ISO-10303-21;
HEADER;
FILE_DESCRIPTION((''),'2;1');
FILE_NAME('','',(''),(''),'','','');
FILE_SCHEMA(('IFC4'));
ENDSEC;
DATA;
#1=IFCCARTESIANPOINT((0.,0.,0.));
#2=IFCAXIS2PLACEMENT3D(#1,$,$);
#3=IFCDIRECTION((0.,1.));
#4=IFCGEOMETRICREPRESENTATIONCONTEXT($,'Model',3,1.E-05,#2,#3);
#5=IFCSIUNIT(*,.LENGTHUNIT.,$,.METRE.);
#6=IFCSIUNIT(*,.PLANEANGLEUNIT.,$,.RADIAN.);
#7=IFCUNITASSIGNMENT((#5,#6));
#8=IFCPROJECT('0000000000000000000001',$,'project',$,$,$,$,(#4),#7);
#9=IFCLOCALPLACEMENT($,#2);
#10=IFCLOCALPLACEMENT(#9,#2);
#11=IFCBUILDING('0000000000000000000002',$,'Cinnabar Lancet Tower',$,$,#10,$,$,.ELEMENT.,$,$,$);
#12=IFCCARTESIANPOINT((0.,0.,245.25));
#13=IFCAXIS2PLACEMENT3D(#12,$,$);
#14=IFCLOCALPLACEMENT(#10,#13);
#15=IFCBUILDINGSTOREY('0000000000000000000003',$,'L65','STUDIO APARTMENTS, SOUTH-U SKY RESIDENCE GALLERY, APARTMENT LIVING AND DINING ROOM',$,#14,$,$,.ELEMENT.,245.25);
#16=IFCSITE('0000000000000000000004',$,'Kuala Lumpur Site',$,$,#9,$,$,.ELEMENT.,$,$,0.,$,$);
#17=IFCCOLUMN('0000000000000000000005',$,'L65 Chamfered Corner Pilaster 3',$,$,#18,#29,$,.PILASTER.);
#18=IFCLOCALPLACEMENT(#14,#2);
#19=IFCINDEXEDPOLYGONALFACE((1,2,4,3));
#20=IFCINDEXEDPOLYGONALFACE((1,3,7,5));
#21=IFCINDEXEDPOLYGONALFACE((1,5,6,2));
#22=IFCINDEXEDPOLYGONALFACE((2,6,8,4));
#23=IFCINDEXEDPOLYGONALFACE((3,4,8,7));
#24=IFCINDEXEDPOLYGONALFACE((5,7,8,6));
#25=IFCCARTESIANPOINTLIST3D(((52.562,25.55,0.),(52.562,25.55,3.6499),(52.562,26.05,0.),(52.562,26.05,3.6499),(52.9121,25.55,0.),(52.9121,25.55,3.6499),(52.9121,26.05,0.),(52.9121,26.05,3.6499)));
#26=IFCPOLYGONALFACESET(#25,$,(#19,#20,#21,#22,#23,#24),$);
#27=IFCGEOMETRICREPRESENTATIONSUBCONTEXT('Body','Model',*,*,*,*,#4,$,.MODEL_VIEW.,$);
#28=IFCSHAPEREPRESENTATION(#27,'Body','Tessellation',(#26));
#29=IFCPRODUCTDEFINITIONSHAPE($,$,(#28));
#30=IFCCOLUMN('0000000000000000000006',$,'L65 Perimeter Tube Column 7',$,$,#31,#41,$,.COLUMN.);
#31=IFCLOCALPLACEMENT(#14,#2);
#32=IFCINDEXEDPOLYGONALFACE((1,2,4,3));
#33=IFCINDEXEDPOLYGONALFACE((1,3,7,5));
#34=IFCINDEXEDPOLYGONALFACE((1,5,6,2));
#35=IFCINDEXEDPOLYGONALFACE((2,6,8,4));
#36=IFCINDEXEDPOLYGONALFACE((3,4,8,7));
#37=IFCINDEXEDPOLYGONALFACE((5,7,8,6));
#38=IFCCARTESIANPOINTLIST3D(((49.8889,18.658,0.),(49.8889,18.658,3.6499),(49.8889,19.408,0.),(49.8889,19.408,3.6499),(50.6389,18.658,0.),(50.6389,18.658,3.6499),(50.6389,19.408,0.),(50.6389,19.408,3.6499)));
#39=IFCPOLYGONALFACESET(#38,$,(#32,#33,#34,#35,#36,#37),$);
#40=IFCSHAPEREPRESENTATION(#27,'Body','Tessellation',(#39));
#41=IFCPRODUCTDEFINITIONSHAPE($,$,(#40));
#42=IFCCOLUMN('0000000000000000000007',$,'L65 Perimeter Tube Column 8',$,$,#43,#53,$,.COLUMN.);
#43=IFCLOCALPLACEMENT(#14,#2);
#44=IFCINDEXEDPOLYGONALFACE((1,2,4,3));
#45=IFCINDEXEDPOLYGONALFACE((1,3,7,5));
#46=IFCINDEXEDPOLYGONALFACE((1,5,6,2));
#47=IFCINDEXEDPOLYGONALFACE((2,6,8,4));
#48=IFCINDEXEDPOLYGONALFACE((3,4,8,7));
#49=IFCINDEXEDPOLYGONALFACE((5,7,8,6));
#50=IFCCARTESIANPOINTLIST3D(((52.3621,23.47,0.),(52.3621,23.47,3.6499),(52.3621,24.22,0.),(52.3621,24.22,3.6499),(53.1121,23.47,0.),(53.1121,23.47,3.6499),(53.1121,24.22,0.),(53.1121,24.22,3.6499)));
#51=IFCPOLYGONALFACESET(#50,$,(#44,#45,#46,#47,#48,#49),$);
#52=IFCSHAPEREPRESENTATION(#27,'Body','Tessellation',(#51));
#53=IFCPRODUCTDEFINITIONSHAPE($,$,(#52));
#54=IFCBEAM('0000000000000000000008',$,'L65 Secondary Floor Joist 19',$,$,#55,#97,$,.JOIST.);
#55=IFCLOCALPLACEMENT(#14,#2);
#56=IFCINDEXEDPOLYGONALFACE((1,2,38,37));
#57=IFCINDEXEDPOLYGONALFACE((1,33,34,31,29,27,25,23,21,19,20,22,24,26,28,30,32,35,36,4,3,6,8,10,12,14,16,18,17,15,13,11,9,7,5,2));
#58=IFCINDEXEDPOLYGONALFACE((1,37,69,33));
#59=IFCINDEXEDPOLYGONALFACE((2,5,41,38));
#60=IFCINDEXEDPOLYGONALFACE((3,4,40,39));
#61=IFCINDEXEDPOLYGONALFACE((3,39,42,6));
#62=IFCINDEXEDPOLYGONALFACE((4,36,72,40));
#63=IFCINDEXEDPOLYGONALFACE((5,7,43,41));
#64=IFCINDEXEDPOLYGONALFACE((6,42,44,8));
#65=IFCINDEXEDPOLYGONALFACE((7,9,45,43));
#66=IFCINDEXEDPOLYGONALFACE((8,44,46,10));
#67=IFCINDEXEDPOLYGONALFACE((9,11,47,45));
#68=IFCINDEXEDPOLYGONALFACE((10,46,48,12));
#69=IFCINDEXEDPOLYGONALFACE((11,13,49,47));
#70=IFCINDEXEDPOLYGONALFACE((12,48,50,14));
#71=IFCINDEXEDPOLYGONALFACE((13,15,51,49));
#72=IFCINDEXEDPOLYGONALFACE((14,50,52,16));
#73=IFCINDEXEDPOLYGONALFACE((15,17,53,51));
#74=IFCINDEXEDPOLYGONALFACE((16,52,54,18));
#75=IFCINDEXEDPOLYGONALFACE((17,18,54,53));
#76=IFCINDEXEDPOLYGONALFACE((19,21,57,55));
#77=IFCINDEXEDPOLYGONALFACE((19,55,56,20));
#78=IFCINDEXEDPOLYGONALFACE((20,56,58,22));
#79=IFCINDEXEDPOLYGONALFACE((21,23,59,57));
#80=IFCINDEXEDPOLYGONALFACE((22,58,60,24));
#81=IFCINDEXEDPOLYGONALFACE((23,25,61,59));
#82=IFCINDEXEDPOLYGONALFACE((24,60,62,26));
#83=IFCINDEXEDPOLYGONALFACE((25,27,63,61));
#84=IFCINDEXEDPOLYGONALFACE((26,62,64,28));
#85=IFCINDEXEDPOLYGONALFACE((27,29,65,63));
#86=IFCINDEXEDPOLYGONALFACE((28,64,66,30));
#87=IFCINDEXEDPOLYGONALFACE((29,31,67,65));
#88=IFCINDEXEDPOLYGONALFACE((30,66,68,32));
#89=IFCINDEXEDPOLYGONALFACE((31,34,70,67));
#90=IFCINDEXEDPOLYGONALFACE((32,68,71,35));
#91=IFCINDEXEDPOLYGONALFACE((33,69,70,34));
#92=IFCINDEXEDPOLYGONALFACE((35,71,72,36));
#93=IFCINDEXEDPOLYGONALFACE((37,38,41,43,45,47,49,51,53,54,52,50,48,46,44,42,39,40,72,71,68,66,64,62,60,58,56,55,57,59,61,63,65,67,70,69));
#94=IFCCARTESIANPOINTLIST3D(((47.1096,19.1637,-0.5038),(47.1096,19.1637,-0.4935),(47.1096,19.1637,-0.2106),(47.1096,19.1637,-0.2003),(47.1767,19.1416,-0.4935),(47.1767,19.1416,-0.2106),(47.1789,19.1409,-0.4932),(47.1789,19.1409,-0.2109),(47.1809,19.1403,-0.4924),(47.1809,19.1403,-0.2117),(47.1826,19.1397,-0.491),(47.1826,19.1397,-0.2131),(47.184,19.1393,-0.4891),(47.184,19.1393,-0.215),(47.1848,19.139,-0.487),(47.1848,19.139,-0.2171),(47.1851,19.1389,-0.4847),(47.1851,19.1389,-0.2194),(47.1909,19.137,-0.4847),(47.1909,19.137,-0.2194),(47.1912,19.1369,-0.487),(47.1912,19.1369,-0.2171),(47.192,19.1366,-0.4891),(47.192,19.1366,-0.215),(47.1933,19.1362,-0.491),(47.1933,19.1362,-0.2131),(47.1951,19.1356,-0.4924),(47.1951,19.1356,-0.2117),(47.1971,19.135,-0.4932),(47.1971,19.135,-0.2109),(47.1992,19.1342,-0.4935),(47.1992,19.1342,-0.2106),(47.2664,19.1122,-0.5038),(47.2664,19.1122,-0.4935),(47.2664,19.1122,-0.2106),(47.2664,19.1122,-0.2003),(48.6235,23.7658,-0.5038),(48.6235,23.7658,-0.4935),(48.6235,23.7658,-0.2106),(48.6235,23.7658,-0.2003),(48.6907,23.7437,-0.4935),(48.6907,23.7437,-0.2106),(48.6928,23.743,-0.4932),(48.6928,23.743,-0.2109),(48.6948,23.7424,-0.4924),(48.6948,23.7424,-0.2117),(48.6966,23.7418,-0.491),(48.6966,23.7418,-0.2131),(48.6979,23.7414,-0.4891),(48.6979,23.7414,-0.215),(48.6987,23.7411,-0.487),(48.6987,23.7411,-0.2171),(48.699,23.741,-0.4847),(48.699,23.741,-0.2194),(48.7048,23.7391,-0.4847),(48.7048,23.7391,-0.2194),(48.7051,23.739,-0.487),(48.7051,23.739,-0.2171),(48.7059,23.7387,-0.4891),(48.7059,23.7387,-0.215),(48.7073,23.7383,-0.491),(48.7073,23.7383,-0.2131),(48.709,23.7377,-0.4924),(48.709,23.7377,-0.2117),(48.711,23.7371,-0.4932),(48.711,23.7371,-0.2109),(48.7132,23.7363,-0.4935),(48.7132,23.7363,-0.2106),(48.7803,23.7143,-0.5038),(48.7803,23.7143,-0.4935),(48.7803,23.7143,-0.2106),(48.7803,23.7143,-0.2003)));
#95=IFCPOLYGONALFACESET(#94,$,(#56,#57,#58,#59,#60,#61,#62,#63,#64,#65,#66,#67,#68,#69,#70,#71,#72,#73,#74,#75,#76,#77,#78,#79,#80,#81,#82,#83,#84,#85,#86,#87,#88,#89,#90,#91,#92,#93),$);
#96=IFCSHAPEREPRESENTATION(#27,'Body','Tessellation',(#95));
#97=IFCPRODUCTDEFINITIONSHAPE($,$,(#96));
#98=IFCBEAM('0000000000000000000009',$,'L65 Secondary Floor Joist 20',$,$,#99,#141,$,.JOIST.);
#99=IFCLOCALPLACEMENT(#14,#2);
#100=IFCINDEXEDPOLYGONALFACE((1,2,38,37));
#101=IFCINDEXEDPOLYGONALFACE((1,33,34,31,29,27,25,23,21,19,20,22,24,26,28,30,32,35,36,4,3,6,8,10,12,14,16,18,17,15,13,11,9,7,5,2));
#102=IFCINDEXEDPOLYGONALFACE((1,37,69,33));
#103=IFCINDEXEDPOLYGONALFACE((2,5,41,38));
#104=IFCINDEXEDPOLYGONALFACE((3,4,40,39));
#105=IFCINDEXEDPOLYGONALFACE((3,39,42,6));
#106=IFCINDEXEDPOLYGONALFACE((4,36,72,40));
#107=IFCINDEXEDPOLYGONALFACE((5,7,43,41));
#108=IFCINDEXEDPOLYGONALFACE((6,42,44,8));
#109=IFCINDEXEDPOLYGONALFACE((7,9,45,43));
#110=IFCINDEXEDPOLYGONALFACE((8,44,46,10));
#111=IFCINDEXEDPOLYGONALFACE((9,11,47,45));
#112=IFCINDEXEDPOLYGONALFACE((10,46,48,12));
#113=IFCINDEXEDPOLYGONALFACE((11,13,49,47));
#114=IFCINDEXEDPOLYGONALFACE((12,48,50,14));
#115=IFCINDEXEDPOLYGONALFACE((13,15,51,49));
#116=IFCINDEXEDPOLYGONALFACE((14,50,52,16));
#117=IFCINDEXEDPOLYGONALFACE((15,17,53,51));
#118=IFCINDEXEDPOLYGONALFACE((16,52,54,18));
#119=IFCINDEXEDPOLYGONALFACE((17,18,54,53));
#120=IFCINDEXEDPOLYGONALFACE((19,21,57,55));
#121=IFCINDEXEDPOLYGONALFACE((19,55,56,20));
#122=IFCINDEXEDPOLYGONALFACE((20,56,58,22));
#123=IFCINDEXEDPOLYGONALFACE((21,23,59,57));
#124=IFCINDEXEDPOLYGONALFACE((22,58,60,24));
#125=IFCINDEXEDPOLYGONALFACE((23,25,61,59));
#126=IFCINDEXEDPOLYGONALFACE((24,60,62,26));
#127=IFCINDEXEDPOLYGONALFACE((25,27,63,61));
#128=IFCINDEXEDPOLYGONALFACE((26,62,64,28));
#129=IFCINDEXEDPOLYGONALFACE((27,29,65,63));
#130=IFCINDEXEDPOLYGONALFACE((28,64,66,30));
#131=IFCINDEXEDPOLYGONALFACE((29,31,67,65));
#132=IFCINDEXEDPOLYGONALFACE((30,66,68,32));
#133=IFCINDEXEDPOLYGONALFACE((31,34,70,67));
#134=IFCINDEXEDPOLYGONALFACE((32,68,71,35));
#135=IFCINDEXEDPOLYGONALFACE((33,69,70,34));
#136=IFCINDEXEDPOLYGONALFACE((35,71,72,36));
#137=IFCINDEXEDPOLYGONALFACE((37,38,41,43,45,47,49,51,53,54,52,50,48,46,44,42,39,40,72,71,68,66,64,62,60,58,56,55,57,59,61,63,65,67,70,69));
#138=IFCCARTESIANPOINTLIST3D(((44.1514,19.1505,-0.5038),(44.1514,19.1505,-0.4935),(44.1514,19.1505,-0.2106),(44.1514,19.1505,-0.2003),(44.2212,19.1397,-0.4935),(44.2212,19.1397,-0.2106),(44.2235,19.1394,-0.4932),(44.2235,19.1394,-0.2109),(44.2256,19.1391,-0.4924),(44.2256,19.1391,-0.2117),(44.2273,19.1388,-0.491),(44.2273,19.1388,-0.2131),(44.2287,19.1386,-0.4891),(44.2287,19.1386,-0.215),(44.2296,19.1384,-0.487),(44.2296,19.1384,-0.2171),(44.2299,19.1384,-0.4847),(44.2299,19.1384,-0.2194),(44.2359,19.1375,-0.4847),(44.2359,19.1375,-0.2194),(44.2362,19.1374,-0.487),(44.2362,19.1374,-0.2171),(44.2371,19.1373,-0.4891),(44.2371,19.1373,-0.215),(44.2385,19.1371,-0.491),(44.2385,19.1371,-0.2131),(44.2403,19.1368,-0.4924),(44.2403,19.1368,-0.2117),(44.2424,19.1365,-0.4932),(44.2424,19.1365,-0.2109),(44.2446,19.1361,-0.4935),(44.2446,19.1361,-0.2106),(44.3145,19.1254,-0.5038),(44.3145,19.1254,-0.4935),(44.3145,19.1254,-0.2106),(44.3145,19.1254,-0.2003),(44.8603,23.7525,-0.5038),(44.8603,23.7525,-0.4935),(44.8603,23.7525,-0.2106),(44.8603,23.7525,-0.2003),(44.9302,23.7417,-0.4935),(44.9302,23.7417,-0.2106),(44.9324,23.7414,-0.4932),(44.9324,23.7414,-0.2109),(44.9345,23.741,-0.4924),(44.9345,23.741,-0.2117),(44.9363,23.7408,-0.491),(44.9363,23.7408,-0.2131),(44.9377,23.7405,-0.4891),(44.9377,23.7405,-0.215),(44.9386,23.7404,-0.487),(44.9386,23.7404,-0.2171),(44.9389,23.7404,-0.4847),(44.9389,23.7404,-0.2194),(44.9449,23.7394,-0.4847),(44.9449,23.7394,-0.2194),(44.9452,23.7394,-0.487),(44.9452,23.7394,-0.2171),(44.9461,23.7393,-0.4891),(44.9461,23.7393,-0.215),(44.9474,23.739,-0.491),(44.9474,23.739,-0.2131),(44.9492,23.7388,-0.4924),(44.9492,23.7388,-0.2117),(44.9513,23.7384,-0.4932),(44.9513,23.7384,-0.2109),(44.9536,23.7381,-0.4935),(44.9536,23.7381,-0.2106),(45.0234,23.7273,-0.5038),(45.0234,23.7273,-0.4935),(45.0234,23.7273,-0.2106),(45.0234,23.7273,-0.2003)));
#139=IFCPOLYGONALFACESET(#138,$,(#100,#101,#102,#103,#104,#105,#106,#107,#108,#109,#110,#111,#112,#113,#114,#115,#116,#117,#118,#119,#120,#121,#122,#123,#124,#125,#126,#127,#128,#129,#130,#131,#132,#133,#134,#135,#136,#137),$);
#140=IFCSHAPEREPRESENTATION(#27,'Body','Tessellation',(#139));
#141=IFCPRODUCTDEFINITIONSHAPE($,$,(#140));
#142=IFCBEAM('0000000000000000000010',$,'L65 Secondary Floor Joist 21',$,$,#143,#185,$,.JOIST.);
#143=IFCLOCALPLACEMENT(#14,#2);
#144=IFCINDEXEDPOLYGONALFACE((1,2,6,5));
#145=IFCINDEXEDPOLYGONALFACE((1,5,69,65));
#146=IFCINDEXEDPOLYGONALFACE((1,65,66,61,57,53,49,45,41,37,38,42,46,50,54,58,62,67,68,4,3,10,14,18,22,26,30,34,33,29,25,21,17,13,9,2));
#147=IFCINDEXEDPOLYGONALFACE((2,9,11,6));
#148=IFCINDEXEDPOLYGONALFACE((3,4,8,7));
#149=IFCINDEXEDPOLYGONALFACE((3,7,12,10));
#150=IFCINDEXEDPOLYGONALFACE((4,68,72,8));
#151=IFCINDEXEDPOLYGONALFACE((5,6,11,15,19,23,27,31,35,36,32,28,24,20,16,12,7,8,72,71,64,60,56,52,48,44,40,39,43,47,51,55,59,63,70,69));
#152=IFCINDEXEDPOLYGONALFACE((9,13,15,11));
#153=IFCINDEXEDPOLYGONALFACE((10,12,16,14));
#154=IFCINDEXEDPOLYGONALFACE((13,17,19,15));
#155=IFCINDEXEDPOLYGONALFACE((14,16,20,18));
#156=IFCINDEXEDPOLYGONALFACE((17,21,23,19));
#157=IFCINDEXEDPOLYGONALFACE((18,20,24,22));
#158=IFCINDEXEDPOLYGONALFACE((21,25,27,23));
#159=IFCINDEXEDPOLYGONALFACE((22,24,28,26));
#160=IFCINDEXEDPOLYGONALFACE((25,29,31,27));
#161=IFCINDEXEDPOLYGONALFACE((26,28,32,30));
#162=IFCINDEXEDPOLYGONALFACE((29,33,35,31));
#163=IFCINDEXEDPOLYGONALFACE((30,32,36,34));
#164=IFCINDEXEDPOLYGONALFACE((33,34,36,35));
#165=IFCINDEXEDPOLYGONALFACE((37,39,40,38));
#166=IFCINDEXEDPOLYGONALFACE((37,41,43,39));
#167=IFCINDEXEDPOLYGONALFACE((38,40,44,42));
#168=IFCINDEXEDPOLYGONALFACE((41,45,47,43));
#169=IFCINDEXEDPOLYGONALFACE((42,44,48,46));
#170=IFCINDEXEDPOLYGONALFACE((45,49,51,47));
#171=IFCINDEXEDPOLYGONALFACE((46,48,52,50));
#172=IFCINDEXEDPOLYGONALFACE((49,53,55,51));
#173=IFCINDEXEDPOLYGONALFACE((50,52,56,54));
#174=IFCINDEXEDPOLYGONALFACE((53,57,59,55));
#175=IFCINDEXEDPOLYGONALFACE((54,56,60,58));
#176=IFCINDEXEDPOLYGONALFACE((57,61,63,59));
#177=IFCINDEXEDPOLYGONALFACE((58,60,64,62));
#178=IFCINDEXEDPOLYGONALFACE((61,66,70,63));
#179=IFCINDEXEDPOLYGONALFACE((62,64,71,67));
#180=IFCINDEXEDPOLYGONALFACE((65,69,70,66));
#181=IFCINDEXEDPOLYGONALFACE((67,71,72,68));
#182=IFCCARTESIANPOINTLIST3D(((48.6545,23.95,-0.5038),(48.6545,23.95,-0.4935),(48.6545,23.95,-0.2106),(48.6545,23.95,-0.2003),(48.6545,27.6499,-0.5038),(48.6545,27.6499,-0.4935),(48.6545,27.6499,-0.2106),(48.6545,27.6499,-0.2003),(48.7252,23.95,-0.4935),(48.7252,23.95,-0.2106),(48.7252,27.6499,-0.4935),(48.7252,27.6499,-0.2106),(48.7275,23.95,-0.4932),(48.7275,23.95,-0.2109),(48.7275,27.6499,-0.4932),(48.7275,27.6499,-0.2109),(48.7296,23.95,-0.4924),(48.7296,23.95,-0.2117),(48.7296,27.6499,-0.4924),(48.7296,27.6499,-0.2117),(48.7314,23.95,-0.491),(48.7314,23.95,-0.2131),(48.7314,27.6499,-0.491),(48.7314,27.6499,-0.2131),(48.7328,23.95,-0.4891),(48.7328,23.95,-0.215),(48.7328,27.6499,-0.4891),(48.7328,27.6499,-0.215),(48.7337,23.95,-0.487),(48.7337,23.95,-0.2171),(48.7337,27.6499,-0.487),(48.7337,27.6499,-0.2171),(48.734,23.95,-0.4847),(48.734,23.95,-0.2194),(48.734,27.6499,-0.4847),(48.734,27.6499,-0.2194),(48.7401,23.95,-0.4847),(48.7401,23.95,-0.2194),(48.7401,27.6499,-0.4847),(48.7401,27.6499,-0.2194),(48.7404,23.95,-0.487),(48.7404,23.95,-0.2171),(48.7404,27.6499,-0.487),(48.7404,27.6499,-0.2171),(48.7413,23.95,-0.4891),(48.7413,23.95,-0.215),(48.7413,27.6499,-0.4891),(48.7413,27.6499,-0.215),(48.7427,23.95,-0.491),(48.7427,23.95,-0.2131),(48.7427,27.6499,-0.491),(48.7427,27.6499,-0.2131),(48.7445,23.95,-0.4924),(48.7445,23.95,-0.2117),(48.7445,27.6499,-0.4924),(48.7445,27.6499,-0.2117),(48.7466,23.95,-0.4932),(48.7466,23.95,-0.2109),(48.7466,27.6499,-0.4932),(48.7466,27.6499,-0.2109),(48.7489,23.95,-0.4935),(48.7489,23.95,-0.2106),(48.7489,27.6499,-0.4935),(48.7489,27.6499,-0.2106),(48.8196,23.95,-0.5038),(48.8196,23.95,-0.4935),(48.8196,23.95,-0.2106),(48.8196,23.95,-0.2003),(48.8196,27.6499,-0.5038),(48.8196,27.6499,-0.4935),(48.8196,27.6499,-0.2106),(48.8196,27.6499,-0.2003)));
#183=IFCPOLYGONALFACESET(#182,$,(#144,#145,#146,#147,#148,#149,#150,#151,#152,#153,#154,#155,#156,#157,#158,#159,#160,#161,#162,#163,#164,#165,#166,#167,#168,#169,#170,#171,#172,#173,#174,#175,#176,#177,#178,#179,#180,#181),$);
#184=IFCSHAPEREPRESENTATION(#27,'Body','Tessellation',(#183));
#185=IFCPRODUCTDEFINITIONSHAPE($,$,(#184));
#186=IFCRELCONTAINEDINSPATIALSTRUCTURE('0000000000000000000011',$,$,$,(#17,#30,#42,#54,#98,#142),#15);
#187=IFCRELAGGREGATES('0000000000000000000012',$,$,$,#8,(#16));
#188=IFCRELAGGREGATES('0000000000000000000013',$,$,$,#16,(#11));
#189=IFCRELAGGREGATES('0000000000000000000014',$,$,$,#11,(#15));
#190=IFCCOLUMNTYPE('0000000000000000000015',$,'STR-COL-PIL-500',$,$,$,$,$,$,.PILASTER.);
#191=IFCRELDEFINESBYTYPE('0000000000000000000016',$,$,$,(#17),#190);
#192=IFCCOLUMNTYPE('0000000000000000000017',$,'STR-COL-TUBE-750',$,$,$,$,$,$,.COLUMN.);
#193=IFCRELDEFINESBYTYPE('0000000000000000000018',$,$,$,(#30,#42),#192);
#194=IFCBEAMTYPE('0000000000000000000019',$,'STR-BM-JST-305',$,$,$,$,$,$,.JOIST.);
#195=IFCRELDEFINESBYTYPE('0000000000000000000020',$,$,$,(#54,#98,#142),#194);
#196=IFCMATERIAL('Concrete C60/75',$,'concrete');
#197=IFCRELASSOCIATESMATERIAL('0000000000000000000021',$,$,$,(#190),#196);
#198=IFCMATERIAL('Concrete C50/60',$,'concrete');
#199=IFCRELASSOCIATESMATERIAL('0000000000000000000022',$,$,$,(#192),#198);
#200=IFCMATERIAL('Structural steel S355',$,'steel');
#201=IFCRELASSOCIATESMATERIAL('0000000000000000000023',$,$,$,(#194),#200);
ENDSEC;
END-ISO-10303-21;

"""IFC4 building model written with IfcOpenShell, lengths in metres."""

from ifc_helpers import new_model, si_unit, direction, frame, origin, origin_2d, place, context, subcontext, project, spatial, rectangle, i_section, extrude, material, material_profile, profile_set, type_object, element, save


model = new_model("IFC4")

# Units and contexts
model_context = context("Model", 3, precision=1e-05, world=origin(), true_north=direction((0.0, 1.0)))
body_context = subcontext(model_context, "Body", "Model", "MODEL_VIEW")
ifc_project = project(units=[si_unit("LENGTHUNIT", "METRE"), si_unit("PLANEANGLEUNIT", "RADIAN")], contexts=[model_context])

# Site, building, storey
site_placement = place(None, origin())
site = spatial("IfcSite", under=ifc_project, at=site_placement, Name="Kuala Lumpur Site", CompositionType="ELEMENT", RefElevation=0.0)
building_placement = place(site_placement, origin())
building = spatial("IfcBuilding", under=site, at=building_placement, Name="Cinnabar Lancet Tower", CompositionType="ELEMENT")
storey_placement = place(building_placement, frame((0.0, 0.0, 245.25)))
storey = spatial("IfcBuildingStorey", under=building, at=storey_placement, Name="L65", Description="STUDIO APARTMENTS, SOUTH-U SKY RESIDENCE GALLERY, APARTMENT LIVING AND DINING ROOM", CompositionType="ELEMENT", Elevation=245.25)

# Columns
ifc_material_1 = material(Name="Concrete C60/75", Category="concrete")
ifc_material_profile_1 = material_profile(ifc_material_1, rectangle(XDim=0.5, YDim=0.3501, at=origin_2d()), Name="RC-PIL 500x350")
ifc_profile_set_1 = profile_set([ifc_material_profile_1], Name="Concrete C60/75")
column_type_1 = type_object("IfcColumnType", Name="STR-COL-PIL-500", PredefinedType="PILASTER", material=ifc_profile_set_1)
column_placement = place(storey_placement, frame((52.7371, 25.8, 0.0), z_axis=(0.0, 0.0, 1.0), x_axis=(0.0, 1.0, 0.0)))
element("IfcColumn", 1, at=column_placement, inside=storey, type_object=column_type_1, Name="L65 Chamfered Corner Pilaster 3", PredefinedType="PILASTER", context=body_context, shape_type="SweptSolid", body=[
    extrude(rectangle(XDim=0.5, YDim=0.3501, at=origin_2d()), origin(), (0.0, 0.0, 1.0), 3.6499),
])
ifc_material_2 = material(Name="Concrete C50/60", Category="concrete")
ifc_material_profile_2 = material_profile(ifc_material_2, rectangle(XDim=0.75, YDim=0.75, at=origin_2d()), Name="RC-COL 750x750")
ifc_profile_set_2 = profile_set([ifc_material_profile_2], Name="Concrete C50/60")
column_type_2 = type_object("IfcColumnType", Name="STR-COL-TUBE-750", PredefinedType="COLUMN", material=ifc_profile_set_2)
for number, where, z_axis, x_axis, name in (
    (2, (50.2639, 19.033, 0.0), (0.0, 0.0, 1.0), (1.0, 0.0, 0.0), "L65 Perimeter Tube Column 7"),
    (3, (52.7371, 23.845, 0.0), (0.0, 0.0, 1.0), (1.0, 0.0, 0.0), "L65 Perimeter Tube Column 8"),
):
    element("IfcColumn", number, at=place(storey_placement, frame(where, z_axis=z_axis, x_axis=x_axis)), inside=storey, type_object=column_type_2, Name=name, PredefinedType="COLUMN", context=body_context, shape_type="SweptSolid", body=[
        extrude(rectangle(XDim=0.75, YDim=0.75, at=origin_2d()), origin(), (0.0, 0.0, 1.0), 3.6499),
    ])

# Beams
ifc_material_3 = material(Name="Structural steel S355", Category="steel")
ifc_material_profile_3 = material_profile(ifc_material_3, i_section(OverallWidth=0.165, OverallDepth=0.3035, WebThickness=0.0061, FlangeThickness=0.0103, FilletRadius=0.0088, at=origin_2d()), Name="UKB 305x165x40")
ifc_profile_set_3 = profile_set([ifc_material_profile_3], Name="Structural steel S355")
beam_type_1 = type_object("IfcBeamType", Name="STR-BM-JST-305", PredefinedType="JOIST", material=ifc_profile_set_3)
beam_1_placement = place(storey_placement, frame((47.188, 19.1379, -0.3521), z_axis=(0.312491, 0.949921, 0.0), x_axis=(-0.949921, 0.312491, 0.0)))
element("IfcBeam", 4, at=beam_1_placement, inside=storey, type_object=beam_type_1, Name="L65 Secondary Floor Joist 19", PredefinedType="JOIST", context=body_context, shape_type="SweptSolid", body=[
    extrude(i_section(OverallWidth=0.165, OverallDepth=0.3035, WebThickness=0.0061, FlangeThickness=0.0103, FilletRadius=0.0088, at=origin_2d()), origin(), (0.0, 0.0, 1.0), 4.8447),
])
beam_2_placement = place(storey_placement, frame((44.2329, 19.1379, -0.3521), z_axis=(0.152262, 0.98834, 0.0), x_axis=(-0.98834, 0.152262, 0.0)))
element("IfcBeam", 5, at=beam_2_placement, inside=storey, type_object=beam_type_1, Name="L65 Secondary Floor Joist 20", PredefinedType="JOIST", context=body_context, shape_type="SweptSolid", body=[
    extrude(i_section(OverallWidth=0.165, OverallDepth=0.3035, WebThickness=0.0061, FlangeThickness=0.0103, FilletRadius=0.0088, at=origin_2d()), origin(), (0.0, 0.0, 1.0), 4.6562),
])
for number, where, z_axis, x_axis, name in (
    (6, (48.7371, 23.95, -0.3521), (0.0, 1.0, 0.0), (-1.0, 0.0, 0.0), "L65 Secondary Floor Joist 21"),
):
    element("IfcBeam", number, at=place(storey_placement, frame(where, z_axis=z_axis, x_axis=x_axis)), inside=storey, type_object=beam_type_1, Name=name, PredefinedType="JOIST", context=body_context, shape_type="SweptSolid", body=[
        extrude(i_section(OverallWidth=0.165, OverallDepth=0.3035, WebThickness=0.0061, FlangeThickness=0.0103, FilletRadius=0.0088, at=origin_2d()), origin(), (0.0, 0.0, 1.0), 3.7),
    ])

save(model, "model.ifc")
